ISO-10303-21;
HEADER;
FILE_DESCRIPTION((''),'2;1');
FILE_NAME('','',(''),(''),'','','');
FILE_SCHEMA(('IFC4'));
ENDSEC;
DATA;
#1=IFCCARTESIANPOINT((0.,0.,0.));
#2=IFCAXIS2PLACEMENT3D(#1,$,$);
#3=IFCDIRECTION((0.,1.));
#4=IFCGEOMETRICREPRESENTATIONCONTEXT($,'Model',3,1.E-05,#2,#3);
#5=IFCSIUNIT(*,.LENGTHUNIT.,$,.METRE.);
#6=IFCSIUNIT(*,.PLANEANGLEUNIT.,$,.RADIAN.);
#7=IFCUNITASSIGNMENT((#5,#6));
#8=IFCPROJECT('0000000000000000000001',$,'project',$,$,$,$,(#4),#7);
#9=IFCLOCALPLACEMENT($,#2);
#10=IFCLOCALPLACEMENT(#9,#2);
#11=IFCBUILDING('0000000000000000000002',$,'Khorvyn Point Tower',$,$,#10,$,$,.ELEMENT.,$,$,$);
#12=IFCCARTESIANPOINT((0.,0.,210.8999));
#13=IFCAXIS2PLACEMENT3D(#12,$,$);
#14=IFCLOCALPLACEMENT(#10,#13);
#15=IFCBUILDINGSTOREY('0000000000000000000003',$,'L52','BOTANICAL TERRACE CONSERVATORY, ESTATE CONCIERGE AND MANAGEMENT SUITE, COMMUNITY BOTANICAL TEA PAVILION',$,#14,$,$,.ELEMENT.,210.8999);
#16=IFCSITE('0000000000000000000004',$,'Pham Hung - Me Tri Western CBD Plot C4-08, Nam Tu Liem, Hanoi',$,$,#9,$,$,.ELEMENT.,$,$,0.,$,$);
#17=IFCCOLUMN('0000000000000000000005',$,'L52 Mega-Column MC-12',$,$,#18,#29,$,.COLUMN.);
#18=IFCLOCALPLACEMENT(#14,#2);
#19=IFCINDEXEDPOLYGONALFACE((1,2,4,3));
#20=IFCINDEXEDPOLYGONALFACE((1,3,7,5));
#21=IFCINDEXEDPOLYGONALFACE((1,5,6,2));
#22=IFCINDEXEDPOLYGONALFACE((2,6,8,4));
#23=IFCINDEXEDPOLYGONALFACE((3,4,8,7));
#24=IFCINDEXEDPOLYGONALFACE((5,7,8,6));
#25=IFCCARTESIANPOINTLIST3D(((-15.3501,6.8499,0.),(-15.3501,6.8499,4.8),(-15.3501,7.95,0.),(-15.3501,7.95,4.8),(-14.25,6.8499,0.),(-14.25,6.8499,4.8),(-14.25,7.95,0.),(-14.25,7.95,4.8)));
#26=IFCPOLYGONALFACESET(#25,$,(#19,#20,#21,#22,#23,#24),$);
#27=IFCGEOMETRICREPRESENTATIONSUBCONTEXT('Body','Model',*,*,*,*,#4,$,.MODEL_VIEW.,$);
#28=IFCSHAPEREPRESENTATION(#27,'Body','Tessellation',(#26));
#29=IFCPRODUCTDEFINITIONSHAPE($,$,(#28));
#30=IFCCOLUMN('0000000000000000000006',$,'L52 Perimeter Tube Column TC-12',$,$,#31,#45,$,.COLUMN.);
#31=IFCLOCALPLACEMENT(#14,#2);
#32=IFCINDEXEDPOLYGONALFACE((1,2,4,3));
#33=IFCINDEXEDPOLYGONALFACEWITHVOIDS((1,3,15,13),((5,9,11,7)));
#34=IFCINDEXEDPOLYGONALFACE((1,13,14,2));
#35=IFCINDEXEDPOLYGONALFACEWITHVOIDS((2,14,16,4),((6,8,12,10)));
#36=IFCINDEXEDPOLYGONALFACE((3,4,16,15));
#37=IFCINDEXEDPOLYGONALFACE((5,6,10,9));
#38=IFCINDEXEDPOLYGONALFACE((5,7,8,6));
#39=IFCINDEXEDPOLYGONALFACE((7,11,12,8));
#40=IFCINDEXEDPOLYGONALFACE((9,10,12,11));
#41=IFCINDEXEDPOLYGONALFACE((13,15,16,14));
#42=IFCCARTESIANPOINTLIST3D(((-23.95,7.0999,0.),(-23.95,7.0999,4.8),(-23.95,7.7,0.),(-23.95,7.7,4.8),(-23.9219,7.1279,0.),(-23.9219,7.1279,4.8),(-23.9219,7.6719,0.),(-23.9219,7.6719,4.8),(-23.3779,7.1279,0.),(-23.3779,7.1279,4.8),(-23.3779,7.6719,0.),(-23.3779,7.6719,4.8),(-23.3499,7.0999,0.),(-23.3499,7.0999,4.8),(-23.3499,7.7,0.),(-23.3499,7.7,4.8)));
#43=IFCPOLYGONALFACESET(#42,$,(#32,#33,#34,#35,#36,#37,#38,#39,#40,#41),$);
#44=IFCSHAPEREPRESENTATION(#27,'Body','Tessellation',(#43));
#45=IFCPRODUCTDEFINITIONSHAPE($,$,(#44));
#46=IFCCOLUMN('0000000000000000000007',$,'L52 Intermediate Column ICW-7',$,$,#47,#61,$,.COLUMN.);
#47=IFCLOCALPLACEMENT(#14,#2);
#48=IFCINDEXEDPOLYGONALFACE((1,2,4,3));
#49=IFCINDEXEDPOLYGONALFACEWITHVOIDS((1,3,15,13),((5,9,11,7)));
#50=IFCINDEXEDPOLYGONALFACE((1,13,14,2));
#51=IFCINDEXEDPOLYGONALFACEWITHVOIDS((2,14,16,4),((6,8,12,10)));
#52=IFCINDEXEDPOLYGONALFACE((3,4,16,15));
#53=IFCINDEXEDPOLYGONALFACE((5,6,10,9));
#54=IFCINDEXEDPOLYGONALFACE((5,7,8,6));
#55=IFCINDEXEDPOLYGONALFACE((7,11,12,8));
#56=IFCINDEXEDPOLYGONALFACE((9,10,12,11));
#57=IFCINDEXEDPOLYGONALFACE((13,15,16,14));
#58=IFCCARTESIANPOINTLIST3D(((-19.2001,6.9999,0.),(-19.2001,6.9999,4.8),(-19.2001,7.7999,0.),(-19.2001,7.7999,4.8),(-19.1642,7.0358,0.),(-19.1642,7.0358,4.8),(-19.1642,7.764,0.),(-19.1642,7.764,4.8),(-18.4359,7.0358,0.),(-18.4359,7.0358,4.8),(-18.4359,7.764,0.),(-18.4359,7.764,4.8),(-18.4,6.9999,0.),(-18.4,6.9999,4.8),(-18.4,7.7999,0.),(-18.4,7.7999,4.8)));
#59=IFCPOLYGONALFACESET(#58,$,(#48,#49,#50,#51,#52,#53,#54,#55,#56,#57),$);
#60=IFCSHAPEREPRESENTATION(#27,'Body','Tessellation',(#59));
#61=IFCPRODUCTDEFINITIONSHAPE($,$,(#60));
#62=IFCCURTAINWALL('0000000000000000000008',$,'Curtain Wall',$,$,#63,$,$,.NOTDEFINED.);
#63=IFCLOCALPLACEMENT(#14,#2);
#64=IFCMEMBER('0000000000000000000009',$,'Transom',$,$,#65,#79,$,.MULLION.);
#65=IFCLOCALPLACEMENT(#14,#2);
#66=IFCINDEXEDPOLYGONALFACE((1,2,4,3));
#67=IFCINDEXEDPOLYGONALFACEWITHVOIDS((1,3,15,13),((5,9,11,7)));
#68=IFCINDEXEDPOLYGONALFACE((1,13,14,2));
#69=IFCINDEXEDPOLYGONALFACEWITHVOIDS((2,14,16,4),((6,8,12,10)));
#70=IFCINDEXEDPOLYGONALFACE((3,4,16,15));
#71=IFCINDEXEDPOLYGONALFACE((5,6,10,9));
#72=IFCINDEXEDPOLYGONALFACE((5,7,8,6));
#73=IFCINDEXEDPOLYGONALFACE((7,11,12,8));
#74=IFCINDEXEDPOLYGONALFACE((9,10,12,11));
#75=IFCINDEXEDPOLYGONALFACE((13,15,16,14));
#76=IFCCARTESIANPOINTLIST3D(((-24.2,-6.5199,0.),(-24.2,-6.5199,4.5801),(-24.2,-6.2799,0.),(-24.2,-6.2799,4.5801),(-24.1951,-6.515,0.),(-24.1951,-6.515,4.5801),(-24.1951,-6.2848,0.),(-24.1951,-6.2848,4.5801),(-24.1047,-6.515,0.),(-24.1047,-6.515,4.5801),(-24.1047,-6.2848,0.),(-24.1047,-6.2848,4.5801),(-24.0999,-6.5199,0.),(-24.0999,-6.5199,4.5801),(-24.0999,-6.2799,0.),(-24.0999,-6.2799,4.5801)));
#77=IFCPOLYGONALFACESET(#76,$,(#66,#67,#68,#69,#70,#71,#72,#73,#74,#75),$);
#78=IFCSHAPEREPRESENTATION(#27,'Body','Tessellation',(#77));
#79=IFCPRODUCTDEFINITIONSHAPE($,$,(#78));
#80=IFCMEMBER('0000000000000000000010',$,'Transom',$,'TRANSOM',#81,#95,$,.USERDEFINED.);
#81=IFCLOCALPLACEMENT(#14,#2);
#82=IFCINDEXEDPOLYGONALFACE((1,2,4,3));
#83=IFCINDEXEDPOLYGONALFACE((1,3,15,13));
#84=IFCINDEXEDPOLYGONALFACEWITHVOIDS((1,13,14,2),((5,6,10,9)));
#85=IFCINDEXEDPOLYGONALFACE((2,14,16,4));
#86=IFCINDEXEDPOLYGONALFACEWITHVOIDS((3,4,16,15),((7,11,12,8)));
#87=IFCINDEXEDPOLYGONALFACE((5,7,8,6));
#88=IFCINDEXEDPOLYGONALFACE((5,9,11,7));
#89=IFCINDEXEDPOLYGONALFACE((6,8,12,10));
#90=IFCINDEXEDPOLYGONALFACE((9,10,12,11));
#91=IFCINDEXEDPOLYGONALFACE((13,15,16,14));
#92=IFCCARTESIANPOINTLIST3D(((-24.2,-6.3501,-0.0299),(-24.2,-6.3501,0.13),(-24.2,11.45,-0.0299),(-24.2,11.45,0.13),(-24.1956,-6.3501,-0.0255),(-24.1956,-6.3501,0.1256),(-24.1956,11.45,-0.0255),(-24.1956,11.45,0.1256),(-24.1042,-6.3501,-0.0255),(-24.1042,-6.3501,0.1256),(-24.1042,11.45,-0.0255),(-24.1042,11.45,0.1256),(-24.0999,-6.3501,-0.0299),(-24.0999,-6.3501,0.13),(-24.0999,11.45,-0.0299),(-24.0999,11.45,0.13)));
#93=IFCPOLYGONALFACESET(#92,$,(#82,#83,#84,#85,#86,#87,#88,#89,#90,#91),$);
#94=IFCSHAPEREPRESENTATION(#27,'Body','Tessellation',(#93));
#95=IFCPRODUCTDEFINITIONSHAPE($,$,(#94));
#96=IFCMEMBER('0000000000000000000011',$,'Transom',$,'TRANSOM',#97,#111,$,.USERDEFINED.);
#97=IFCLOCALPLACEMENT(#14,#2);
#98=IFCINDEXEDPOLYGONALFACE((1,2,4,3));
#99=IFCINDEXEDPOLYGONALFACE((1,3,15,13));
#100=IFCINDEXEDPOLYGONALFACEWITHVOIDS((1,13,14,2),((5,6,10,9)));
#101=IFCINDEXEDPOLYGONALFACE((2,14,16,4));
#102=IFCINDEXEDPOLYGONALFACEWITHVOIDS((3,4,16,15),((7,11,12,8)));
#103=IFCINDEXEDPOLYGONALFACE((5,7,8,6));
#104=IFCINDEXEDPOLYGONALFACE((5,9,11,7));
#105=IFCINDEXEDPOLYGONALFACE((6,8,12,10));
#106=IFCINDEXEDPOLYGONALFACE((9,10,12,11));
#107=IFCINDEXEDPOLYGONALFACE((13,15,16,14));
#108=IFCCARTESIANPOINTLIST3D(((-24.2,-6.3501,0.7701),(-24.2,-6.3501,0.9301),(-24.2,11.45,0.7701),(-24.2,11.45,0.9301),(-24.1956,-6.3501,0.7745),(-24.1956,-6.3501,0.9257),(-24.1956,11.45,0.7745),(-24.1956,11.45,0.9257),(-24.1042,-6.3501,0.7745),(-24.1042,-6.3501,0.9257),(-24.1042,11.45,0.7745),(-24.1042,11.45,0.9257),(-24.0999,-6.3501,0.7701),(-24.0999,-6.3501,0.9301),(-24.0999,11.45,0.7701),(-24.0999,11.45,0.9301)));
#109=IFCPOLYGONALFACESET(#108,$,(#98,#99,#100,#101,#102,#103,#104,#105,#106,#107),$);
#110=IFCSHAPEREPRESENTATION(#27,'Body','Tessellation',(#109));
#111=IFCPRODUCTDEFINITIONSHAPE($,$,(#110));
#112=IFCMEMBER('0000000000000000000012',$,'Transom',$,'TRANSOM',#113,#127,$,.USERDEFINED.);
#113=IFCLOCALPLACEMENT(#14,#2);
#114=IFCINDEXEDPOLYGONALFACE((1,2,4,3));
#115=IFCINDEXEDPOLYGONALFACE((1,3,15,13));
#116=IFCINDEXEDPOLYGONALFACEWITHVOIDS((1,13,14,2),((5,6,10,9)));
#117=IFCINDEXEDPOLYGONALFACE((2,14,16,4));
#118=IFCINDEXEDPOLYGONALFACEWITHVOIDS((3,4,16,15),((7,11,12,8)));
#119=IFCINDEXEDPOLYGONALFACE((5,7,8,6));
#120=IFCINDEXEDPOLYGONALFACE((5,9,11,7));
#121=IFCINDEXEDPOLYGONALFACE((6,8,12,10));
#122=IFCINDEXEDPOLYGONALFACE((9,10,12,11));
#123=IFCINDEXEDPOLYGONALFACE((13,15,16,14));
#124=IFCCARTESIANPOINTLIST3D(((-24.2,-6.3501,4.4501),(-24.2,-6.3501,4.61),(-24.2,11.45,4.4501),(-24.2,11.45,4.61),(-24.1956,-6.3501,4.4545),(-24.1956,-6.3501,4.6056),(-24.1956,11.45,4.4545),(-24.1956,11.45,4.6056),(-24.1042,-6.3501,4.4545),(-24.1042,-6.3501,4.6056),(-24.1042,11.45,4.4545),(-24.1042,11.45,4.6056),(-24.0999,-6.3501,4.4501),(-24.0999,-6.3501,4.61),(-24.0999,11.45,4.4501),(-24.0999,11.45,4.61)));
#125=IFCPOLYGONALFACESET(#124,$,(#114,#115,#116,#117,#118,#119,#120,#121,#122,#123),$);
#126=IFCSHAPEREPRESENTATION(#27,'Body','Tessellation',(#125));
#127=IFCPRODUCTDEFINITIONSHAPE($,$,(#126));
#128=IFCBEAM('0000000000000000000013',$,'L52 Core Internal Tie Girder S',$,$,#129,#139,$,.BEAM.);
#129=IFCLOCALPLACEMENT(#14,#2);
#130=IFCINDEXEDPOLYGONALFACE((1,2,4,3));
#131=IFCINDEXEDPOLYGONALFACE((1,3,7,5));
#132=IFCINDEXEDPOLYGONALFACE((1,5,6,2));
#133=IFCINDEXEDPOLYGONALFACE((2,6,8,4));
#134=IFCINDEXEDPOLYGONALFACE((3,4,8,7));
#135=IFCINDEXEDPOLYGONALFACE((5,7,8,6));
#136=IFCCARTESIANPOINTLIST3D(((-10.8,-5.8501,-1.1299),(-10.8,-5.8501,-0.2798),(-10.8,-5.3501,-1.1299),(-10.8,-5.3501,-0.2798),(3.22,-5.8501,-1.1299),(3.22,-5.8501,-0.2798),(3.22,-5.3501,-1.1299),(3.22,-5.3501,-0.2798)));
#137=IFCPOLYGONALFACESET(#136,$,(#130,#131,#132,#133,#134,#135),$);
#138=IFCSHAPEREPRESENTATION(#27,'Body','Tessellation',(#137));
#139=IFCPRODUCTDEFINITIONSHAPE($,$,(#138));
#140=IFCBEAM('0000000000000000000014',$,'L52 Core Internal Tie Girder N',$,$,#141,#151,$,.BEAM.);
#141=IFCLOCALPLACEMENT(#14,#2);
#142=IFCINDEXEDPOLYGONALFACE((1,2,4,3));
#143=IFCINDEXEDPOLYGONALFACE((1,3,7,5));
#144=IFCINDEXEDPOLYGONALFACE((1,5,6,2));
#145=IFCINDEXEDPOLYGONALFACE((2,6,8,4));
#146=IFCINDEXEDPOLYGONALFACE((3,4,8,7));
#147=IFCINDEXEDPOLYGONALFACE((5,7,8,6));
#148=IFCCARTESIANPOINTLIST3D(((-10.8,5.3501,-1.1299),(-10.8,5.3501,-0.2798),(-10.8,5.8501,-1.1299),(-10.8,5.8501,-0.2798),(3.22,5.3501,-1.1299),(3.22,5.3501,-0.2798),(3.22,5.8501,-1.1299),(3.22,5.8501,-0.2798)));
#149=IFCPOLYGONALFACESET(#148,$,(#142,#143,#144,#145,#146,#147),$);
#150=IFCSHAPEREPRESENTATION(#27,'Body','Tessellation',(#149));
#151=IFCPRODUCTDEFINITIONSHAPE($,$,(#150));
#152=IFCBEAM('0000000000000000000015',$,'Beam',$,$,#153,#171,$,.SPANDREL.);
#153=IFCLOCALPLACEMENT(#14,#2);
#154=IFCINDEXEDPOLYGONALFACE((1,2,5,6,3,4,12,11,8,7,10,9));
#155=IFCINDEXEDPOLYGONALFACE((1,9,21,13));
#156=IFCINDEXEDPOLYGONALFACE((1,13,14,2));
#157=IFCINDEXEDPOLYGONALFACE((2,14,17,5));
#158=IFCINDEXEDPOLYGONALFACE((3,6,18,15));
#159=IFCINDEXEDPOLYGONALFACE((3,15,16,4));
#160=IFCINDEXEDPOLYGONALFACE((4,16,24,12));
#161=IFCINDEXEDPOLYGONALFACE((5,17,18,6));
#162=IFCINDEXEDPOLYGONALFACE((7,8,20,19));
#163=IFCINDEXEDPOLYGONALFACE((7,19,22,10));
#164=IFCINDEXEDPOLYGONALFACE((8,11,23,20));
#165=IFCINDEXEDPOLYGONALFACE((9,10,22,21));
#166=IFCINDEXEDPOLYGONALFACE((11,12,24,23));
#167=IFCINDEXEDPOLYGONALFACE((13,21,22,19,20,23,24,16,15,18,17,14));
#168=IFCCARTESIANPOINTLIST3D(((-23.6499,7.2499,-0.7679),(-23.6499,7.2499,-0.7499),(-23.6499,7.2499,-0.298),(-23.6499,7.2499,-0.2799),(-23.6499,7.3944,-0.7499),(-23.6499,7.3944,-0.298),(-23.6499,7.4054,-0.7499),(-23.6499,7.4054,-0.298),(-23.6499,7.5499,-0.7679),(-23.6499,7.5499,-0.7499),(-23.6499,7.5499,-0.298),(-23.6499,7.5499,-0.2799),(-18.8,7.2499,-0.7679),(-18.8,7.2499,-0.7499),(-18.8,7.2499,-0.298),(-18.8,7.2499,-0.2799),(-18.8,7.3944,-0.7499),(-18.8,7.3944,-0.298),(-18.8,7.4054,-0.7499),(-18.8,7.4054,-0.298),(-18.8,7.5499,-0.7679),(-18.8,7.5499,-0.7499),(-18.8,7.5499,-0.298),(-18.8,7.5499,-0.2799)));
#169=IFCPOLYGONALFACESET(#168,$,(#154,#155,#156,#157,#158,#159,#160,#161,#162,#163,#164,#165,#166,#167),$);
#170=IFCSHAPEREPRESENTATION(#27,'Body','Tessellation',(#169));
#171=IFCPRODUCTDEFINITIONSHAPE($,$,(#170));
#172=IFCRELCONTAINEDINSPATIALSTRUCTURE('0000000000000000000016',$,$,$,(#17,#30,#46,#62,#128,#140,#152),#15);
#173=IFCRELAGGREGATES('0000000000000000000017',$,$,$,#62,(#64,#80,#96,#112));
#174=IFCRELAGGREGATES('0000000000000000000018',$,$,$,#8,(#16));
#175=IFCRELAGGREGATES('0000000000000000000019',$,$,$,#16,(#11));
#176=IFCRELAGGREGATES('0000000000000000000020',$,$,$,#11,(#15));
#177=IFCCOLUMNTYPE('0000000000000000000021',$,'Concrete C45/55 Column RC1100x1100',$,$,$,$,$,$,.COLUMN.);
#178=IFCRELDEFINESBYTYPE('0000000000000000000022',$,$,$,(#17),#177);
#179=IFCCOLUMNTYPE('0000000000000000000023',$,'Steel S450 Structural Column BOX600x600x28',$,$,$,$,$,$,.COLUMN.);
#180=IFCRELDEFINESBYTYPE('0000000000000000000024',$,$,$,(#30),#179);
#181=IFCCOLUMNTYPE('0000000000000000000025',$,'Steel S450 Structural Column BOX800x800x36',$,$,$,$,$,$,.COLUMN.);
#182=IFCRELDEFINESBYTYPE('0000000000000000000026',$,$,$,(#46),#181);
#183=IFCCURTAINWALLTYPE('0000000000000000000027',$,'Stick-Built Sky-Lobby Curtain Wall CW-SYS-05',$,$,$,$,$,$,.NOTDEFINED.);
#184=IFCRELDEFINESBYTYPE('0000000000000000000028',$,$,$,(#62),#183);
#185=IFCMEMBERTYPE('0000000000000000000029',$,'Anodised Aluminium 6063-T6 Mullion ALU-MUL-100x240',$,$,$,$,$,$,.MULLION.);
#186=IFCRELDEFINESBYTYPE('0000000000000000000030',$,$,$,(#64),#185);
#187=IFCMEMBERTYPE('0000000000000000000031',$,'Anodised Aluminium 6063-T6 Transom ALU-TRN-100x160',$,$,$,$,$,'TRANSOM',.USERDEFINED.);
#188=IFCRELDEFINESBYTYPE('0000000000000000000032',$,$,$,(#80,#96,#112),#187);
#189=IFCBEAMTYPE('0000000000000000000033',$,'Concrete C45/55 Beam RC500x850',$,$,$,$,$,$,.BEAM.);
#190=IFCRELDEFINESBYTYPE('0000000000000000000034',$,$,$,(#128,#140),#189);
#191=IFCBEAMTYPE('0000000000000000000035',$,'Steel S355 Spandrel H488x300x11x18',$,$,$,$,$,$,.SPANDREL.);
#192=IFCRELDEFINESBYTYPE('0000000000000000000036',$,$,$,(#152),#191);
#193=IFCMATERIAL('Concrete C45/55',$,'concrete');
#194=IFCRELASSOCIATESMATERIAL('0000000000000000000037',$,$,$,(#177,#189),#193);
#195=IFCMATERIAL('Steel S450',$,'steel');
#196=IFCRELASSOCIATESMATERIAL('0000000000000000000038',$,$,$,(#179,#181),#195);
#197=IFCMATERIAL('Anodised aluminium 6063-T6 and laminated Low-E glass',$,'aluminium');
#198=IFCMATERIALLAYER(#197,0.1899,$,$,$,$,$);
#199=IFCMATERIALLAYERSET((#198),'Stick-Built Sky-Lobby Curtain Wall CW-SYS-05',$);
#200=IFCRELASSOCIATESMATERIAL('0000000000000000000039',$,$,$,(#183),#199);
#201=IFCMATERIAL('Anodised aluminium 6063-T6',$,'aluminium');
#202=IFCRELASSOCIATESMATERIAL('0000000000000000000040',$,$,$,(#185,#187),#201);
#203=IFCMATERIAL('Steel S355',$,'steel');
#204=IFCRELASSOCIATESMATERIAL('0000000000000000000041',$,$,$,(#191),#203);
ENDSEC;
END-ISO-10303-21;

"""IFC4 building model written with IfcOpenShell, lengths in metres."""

from ifc_helpers import new_model, si_unit, direction, frame, origin, origin_2d, place, context, subcontext, project, spatial, rectangle, hollow_rectangle, i_section, extrude, material, layer, layer_set, material_profile, profile_set, type_object, element, aggregate, save


model = new_model("IFC4")

# Units and contexts
model_context = context("Model", 3, precision=1e-05, world=origin(), true_north=direction((0.0, 1.0)))
body_context = subcontext(model_context, "Body", "Model", "MODEL_VIEW")
ifc_project = project(units=[si_unit("LENGTHUNIT", "METRE"), si_unit("PLANEANGLEUNIT", "RADIAN")], contexts=[model_context])

# Site, building, storey
site_placement = place(None, origin())
site = spatial("IfcSite", under=ifc_project, at=site_placement, Name="Pham Hung - Me Tri Western CBD Plot C4-08, Nam Tu Liem, Hanoi", CompositionType="ELEMENT", RefElevation=0.0)
building_placement = place(site_placement, origin())
building = spatial("IfcBuilding", under=site, at=building_placement, Name="Khorvyn Point Tower", CompositionType="ELEMENT")
storey_placement = place(building_placement, frame((0.0, 0.0, 210.8999)))
storey = spatial("IfcBuildingStorey", under=building, at=storey_placement, Name="L52", Description="BOTANICAL TERRACE CONSERVATORY, ESTATE CONCIERGE AND MANAGEMENT SUITE, COMMUNITY BOTANICAL TEA PAVILION", CompositionType="ELEMENT", Elevation=210.8999)

# Columns
ifc_material_1 = material(Name="Concrete C45/55", Category="concrete")
ifc_material_profile_1 = material_profile(ifc_material_1, rectangle(XDim=1.1001, YDim=1.1001, at=origin_2d()))
ifc_profile_set_1 = profile_set([ifc_material_profile_1], Name="Concrete C45/55 RC1100x1100")
column_type_1 = type_object("IfcColumnType", Name="Concrete C45/55 Column RC1100x1100", PredefinedType="COLUMN", material=ifc_profile_set_1)
column_1_placement = place(storey_placement, frame((-14.8, 7.3999, 0.0), z_axis=(0.0, 0.0, 1.0), x_axis=(1.0, 0.0, 0.0)))
element("IfcColumn", 1, at=column_1_placement, inside=storey, type_object=column_type_1, Name="L52 Mega-Column MC-12", PredefinedType="COLUMN", context=body_context, shape_type="SweptSolid", body=[
    extrude(rectangle(XDim=1.1001, YDim=1.1001, at=origin_2d()), origin(), (0.0, 0.0, 1.0), 4.8),
])
ifc_material_2 = material(Name="Steel S450", Category="steel")
ifc_material_profile_2 = material_profile(ifc_material_2, hollow_rectangle(XDim=0.6001, YDim=0.6001, WallThickness=0.0281, at=origin_2d()))
ifc_profile_set_2 = profile_set([ifc_material_profile_2], Name="Steel S450 BOX600x600x28")
column_type_2 = type_object("IfcColumnType", Name="Steel S450 Structural Column BOX600x600x28", PredefinedType="COLUMN", material=ifc_profile_set_2)
column_2_placement = place(storey_placement, frame((-23.6499, 7.3999, 0.0), z_axis=(0.0, 0.0, 1.0), x_axis=(1.0, 0.0, 0.0)))
element("IfcColumn", 2, at=column_2_placement, inside=storey, type_object=column_type_2, Name="L52 Perimeter Tube Column TC-12", PredefinedType="COLUMN", context=body_context, shape_type="SweptSolid", body=[
    extrude(hollow_rectangle(XDim=0.6001, YDim=0.6001, WallThickness=0.0281, at=origin_2d()), origin(), (0.0, 0.0, 1.0), 4.8),
])
ifc_material_profile_3 = material_profile(ifc_material_2, hollow_rectangle(XDim=0.8, YDim=0.8, WallThickness=0.0359, at=origin_2d()))
ifc_profile_set_3 = profile_set([ifc_material_profile_3], Name="Steel S450 BOX800x800x36")
column_type_3 = type_object("IfcColumnType", Name="Steel S450 Structural Column BOX800x800x36", PredefinedType="COLUMN", material=ifc_profile_set_3)
column_3_placement = place(storey_placement, frame((-18.8, 7.3999, 0.0), z_axis=(0.0, 0.0, 1.0), x_axis=(1.0, 0.0, 0.0)))
element("IfcColumn", 3, at=column_3_placement, inside=storey, type_object=column_type_3, Name="L52 Intermediate Column ICW-7", PredefinedType="COLUMN", context=body_context, shape_type="SweptSolid", body=[
    extrude(hollow_rectangle(XDim=0.8, YDim=0.8, WallThickness=0.0359, at=origin_2d()), origin(), (0.0, 0.0, 1.0), 4.8),
])

# Curtain wall, members
ifc_material_3 = material(Name="Anodised aluminium 6063-T6 and laminated Low-E glass", Category="aluminium")
ifc_layer_1 = layer(ifc_material_3, 0.1899)
ifc_layer_set_1 = layer_set([ifc_layer_1], Name="Stick-Built Sky-Lobby Curtain Wall CW-SYS-05")
curtain_wall_type = type_object("IfcCurtainWallType", Name="Stick-Built Sky-Lobby Curtain Wall CW-SYS-05", PredefinedType="NOTDEFINED", material=ifc_layer_set_1)
curtain_wall_placement = place(storey_placement, origin())
curtain_wall = element("IfcCurtainWall", 4, at=curtain_wall_placement, inside=storey, type_object=curtain_wall_type, Name="Curtain Wall", PredefinedType="NOTDEFINED")
ifc_material_4 = material(Name="Anodised aluminium 6063-T6", Category="aluminium")
ifc_material_profile_4 = material_profile(ifc_material_4, hollow_rectangle(XDim=0.1001, YDim=0.24, WallThickness=0.0049, at=origin_2d()))
ifc_profile_set_4 = profile_set([ifc_material_profile_4], Name="Anodised aluminium 6063-T6 ALU-MUL-100x240")
member_type_1 = type_object("IfcMemberType", Name="Anodised Aluminium 6063-T6 Mullion ALU-MUL-100x240", PredefinedType="MULLION", material=ifc_profile_set_4)
member_1_placement = place(storey_placement, frame((-24.1499, -6.3999, 0.0), z_axis=(0.0, 0.0, 1.0), x_axis=(-1.0, 0.0, 0.0)))
member_1 = element("IfcMember", 5, at=member_1_placement, type_object=member_type_1, Name="Transom", PredefinedType="MULLION", context=body_context, shape_type="SweptSolid", body=[
    extrude(hollow_rectangle(XDim=0.1001, YDim=0.24, WallThickness=0.0049, at=origin_2d()), origin(), (0.0, 0.0, 1.0), 4.5801),
])
ifc_material_profile_5 = material_profile(ifc_material_4, hollow_rectangle(XDim=0.1001, YDim=0.1599, WallThickness=0.0044, at=origin_2d()))
ifc_profile_set_5 = profile_set([ifc_material_profile_5], Name="Anodised aluminium 6063-T6 ALU-TRN-100x160")
member_type_2 = type_object("IfcMemberType", Name="Anodised Aluminium 6063-T6 Transom ALU-TRN-100x160", ElementType="TRANSOM", PredefinedType="USERDEFINED", material=ifc_profile_set_5)
member_2_placement = place(storey_placement, frame((-24.1499, -6.3501, 0.05), z_axis=(0.0, 1.0, 0.0), x_axis=(-1.0, 0.0, 0.0)))
member_2 = element("IfcMember", 6, at=member_2_placement, type_object=member_type_2, Name="Transom", ObjectType="TRANSOM", PredefinedType="USERDEFINED", context=body_context, shape_type="SweptSolid", body=[
    extrude(hollow_rectangle(XDim=0.1001, YDim=0.1599, WallThickness=0.0044, at=origin_2d()), origin(), (0.0, 0.0, 1.0), 17.8),
])
member_3_placement = place(storey_placement, frame((-24.1499, -6.3501, 0.8501), z_axis=(0.0, 1.0, 0.0), x_axis=(-1.0, 0.0, 0.0)))
member_3 = element("IfcMember", 7, at=member_3_placement, type_object=member_type_2, Name="Transom", ObjectType="TRANSOM", PredefinedType="USERDEFINED", context=body_context, shape_type="SweptSolid", body=[
    extrude(hollow_rectangle(XDim=0.1001, YDim=0.1599, WallThickness=0.0044, at=origin_2d()), origin(), (0.0, 0.0, 1.0), 17.8),
])
member_4_placement = place(storey_placement, frame((-24.1499, -6.3501, 4.53), z_axis=(0.0, 1.0, 0.0), x_axis=(-1.0, 0.0, 0.0)))
member_4 = element("IfcMember", 8, at=member_4_placement, type_object=member_type_2, Name="Transom", ObjectType="TRANSOM", PredefinedType="USERDEFINED", context=body_context, shape_type="SweptSolid", body=[
    extrude(hollow_rectangle(XDim=0.1001, YDim=0.1599, WallThickness=0.0044, at=origin_2d()), origin(), (0.0, 0.0, 1.0), 17.8),
])

# Beams
ifc_material_profile_6 = material_profile(ifc_material_1, rectangle(XDim=0.5, YDim=0.8501, at=origin_2d()))
ifc_profile_set_6 = profile_set([ifc_material_profile_6], Name="Concrete C45/55 RC500x850")
beam_type_1 = type_object("IfcBeamType", Name="Concrete C45/55 Beam RC500x850", PredefinedType="BEAM", material=ifc_profile_set_6)
for number, where, z_axis, x_axis, name in (
    (9, (-10.8, -5.6001, -0.7048), (1.0, 0.0, 0.0), (0.0, 1.0, 0.0), "L52 Core Internal Tie Girder S"),
    (10, (-10.8, 5.6001, -0.7048), (1.0, 0.0, 0.0), (0.0, 1.0, 0.0), "L52 Core Internal Tie Girder N"),
):
    element("IfcBeam", number, at=place(storey_placement, frame(where, z_axis=z_axis, x_axis=x_axis)), inside=storey, type_object=beam_type_1, Name=name, PredefinedType="BEAM", context=body_context, shape_type="SweptSolid", body=[
        extrude(rectangle(XDim=0.5, YDim=0.8501, at=origin_2d()), origin(), (0.0, 0.0, 1.0), 14.02),
    ])
ifc_material_5 = material(Name="Steel S355", Category="steel")
ifc_material_profile_7 = material_profile(ifc_material_5, i_section(OverallWidth=0.3, OverallDepth=0.488, WebThickness=0.011, FlangeThickness=0.0181, at=origin_2d()))
ifc_profile_set_7 = profile_set([ifc_material_profile_7], Name="Steel S355 H488x300x11x18")
beam_type_2 = type_object("IfcBeamType", Name="Steel S355 Spandrel H488x300x11x18", PredefinedType="SPANDREL", material=ifc_profile_set_7)
beam_1_placement = place(storey_placement, frame((-23.6499, 7.3999, -0.5239), z_axis=(1.0, 0.0, 0.0), x_axis=(0.0, 1.0, 0.0)))
element("IfcBeam", 11, at=beam_1_placement, inside=storey, type_object=beam_type_2, Name="Beam", PredefinedType="SPANDREL", context=body_context, shape_type="SweptSolid", body=[
    extrude(i_section(OverallWidth=0.3, OverallDepth=0.488, WebThickness=0.011, FlangeThickness=0.0181, at=origin_2d()), origin(), (0.0, 0.0, 1.0), 4.8499),
])

aggregate(curtain_wall, [member_1, member_2, member_3, member_4])

save(model, "model.ifc")
